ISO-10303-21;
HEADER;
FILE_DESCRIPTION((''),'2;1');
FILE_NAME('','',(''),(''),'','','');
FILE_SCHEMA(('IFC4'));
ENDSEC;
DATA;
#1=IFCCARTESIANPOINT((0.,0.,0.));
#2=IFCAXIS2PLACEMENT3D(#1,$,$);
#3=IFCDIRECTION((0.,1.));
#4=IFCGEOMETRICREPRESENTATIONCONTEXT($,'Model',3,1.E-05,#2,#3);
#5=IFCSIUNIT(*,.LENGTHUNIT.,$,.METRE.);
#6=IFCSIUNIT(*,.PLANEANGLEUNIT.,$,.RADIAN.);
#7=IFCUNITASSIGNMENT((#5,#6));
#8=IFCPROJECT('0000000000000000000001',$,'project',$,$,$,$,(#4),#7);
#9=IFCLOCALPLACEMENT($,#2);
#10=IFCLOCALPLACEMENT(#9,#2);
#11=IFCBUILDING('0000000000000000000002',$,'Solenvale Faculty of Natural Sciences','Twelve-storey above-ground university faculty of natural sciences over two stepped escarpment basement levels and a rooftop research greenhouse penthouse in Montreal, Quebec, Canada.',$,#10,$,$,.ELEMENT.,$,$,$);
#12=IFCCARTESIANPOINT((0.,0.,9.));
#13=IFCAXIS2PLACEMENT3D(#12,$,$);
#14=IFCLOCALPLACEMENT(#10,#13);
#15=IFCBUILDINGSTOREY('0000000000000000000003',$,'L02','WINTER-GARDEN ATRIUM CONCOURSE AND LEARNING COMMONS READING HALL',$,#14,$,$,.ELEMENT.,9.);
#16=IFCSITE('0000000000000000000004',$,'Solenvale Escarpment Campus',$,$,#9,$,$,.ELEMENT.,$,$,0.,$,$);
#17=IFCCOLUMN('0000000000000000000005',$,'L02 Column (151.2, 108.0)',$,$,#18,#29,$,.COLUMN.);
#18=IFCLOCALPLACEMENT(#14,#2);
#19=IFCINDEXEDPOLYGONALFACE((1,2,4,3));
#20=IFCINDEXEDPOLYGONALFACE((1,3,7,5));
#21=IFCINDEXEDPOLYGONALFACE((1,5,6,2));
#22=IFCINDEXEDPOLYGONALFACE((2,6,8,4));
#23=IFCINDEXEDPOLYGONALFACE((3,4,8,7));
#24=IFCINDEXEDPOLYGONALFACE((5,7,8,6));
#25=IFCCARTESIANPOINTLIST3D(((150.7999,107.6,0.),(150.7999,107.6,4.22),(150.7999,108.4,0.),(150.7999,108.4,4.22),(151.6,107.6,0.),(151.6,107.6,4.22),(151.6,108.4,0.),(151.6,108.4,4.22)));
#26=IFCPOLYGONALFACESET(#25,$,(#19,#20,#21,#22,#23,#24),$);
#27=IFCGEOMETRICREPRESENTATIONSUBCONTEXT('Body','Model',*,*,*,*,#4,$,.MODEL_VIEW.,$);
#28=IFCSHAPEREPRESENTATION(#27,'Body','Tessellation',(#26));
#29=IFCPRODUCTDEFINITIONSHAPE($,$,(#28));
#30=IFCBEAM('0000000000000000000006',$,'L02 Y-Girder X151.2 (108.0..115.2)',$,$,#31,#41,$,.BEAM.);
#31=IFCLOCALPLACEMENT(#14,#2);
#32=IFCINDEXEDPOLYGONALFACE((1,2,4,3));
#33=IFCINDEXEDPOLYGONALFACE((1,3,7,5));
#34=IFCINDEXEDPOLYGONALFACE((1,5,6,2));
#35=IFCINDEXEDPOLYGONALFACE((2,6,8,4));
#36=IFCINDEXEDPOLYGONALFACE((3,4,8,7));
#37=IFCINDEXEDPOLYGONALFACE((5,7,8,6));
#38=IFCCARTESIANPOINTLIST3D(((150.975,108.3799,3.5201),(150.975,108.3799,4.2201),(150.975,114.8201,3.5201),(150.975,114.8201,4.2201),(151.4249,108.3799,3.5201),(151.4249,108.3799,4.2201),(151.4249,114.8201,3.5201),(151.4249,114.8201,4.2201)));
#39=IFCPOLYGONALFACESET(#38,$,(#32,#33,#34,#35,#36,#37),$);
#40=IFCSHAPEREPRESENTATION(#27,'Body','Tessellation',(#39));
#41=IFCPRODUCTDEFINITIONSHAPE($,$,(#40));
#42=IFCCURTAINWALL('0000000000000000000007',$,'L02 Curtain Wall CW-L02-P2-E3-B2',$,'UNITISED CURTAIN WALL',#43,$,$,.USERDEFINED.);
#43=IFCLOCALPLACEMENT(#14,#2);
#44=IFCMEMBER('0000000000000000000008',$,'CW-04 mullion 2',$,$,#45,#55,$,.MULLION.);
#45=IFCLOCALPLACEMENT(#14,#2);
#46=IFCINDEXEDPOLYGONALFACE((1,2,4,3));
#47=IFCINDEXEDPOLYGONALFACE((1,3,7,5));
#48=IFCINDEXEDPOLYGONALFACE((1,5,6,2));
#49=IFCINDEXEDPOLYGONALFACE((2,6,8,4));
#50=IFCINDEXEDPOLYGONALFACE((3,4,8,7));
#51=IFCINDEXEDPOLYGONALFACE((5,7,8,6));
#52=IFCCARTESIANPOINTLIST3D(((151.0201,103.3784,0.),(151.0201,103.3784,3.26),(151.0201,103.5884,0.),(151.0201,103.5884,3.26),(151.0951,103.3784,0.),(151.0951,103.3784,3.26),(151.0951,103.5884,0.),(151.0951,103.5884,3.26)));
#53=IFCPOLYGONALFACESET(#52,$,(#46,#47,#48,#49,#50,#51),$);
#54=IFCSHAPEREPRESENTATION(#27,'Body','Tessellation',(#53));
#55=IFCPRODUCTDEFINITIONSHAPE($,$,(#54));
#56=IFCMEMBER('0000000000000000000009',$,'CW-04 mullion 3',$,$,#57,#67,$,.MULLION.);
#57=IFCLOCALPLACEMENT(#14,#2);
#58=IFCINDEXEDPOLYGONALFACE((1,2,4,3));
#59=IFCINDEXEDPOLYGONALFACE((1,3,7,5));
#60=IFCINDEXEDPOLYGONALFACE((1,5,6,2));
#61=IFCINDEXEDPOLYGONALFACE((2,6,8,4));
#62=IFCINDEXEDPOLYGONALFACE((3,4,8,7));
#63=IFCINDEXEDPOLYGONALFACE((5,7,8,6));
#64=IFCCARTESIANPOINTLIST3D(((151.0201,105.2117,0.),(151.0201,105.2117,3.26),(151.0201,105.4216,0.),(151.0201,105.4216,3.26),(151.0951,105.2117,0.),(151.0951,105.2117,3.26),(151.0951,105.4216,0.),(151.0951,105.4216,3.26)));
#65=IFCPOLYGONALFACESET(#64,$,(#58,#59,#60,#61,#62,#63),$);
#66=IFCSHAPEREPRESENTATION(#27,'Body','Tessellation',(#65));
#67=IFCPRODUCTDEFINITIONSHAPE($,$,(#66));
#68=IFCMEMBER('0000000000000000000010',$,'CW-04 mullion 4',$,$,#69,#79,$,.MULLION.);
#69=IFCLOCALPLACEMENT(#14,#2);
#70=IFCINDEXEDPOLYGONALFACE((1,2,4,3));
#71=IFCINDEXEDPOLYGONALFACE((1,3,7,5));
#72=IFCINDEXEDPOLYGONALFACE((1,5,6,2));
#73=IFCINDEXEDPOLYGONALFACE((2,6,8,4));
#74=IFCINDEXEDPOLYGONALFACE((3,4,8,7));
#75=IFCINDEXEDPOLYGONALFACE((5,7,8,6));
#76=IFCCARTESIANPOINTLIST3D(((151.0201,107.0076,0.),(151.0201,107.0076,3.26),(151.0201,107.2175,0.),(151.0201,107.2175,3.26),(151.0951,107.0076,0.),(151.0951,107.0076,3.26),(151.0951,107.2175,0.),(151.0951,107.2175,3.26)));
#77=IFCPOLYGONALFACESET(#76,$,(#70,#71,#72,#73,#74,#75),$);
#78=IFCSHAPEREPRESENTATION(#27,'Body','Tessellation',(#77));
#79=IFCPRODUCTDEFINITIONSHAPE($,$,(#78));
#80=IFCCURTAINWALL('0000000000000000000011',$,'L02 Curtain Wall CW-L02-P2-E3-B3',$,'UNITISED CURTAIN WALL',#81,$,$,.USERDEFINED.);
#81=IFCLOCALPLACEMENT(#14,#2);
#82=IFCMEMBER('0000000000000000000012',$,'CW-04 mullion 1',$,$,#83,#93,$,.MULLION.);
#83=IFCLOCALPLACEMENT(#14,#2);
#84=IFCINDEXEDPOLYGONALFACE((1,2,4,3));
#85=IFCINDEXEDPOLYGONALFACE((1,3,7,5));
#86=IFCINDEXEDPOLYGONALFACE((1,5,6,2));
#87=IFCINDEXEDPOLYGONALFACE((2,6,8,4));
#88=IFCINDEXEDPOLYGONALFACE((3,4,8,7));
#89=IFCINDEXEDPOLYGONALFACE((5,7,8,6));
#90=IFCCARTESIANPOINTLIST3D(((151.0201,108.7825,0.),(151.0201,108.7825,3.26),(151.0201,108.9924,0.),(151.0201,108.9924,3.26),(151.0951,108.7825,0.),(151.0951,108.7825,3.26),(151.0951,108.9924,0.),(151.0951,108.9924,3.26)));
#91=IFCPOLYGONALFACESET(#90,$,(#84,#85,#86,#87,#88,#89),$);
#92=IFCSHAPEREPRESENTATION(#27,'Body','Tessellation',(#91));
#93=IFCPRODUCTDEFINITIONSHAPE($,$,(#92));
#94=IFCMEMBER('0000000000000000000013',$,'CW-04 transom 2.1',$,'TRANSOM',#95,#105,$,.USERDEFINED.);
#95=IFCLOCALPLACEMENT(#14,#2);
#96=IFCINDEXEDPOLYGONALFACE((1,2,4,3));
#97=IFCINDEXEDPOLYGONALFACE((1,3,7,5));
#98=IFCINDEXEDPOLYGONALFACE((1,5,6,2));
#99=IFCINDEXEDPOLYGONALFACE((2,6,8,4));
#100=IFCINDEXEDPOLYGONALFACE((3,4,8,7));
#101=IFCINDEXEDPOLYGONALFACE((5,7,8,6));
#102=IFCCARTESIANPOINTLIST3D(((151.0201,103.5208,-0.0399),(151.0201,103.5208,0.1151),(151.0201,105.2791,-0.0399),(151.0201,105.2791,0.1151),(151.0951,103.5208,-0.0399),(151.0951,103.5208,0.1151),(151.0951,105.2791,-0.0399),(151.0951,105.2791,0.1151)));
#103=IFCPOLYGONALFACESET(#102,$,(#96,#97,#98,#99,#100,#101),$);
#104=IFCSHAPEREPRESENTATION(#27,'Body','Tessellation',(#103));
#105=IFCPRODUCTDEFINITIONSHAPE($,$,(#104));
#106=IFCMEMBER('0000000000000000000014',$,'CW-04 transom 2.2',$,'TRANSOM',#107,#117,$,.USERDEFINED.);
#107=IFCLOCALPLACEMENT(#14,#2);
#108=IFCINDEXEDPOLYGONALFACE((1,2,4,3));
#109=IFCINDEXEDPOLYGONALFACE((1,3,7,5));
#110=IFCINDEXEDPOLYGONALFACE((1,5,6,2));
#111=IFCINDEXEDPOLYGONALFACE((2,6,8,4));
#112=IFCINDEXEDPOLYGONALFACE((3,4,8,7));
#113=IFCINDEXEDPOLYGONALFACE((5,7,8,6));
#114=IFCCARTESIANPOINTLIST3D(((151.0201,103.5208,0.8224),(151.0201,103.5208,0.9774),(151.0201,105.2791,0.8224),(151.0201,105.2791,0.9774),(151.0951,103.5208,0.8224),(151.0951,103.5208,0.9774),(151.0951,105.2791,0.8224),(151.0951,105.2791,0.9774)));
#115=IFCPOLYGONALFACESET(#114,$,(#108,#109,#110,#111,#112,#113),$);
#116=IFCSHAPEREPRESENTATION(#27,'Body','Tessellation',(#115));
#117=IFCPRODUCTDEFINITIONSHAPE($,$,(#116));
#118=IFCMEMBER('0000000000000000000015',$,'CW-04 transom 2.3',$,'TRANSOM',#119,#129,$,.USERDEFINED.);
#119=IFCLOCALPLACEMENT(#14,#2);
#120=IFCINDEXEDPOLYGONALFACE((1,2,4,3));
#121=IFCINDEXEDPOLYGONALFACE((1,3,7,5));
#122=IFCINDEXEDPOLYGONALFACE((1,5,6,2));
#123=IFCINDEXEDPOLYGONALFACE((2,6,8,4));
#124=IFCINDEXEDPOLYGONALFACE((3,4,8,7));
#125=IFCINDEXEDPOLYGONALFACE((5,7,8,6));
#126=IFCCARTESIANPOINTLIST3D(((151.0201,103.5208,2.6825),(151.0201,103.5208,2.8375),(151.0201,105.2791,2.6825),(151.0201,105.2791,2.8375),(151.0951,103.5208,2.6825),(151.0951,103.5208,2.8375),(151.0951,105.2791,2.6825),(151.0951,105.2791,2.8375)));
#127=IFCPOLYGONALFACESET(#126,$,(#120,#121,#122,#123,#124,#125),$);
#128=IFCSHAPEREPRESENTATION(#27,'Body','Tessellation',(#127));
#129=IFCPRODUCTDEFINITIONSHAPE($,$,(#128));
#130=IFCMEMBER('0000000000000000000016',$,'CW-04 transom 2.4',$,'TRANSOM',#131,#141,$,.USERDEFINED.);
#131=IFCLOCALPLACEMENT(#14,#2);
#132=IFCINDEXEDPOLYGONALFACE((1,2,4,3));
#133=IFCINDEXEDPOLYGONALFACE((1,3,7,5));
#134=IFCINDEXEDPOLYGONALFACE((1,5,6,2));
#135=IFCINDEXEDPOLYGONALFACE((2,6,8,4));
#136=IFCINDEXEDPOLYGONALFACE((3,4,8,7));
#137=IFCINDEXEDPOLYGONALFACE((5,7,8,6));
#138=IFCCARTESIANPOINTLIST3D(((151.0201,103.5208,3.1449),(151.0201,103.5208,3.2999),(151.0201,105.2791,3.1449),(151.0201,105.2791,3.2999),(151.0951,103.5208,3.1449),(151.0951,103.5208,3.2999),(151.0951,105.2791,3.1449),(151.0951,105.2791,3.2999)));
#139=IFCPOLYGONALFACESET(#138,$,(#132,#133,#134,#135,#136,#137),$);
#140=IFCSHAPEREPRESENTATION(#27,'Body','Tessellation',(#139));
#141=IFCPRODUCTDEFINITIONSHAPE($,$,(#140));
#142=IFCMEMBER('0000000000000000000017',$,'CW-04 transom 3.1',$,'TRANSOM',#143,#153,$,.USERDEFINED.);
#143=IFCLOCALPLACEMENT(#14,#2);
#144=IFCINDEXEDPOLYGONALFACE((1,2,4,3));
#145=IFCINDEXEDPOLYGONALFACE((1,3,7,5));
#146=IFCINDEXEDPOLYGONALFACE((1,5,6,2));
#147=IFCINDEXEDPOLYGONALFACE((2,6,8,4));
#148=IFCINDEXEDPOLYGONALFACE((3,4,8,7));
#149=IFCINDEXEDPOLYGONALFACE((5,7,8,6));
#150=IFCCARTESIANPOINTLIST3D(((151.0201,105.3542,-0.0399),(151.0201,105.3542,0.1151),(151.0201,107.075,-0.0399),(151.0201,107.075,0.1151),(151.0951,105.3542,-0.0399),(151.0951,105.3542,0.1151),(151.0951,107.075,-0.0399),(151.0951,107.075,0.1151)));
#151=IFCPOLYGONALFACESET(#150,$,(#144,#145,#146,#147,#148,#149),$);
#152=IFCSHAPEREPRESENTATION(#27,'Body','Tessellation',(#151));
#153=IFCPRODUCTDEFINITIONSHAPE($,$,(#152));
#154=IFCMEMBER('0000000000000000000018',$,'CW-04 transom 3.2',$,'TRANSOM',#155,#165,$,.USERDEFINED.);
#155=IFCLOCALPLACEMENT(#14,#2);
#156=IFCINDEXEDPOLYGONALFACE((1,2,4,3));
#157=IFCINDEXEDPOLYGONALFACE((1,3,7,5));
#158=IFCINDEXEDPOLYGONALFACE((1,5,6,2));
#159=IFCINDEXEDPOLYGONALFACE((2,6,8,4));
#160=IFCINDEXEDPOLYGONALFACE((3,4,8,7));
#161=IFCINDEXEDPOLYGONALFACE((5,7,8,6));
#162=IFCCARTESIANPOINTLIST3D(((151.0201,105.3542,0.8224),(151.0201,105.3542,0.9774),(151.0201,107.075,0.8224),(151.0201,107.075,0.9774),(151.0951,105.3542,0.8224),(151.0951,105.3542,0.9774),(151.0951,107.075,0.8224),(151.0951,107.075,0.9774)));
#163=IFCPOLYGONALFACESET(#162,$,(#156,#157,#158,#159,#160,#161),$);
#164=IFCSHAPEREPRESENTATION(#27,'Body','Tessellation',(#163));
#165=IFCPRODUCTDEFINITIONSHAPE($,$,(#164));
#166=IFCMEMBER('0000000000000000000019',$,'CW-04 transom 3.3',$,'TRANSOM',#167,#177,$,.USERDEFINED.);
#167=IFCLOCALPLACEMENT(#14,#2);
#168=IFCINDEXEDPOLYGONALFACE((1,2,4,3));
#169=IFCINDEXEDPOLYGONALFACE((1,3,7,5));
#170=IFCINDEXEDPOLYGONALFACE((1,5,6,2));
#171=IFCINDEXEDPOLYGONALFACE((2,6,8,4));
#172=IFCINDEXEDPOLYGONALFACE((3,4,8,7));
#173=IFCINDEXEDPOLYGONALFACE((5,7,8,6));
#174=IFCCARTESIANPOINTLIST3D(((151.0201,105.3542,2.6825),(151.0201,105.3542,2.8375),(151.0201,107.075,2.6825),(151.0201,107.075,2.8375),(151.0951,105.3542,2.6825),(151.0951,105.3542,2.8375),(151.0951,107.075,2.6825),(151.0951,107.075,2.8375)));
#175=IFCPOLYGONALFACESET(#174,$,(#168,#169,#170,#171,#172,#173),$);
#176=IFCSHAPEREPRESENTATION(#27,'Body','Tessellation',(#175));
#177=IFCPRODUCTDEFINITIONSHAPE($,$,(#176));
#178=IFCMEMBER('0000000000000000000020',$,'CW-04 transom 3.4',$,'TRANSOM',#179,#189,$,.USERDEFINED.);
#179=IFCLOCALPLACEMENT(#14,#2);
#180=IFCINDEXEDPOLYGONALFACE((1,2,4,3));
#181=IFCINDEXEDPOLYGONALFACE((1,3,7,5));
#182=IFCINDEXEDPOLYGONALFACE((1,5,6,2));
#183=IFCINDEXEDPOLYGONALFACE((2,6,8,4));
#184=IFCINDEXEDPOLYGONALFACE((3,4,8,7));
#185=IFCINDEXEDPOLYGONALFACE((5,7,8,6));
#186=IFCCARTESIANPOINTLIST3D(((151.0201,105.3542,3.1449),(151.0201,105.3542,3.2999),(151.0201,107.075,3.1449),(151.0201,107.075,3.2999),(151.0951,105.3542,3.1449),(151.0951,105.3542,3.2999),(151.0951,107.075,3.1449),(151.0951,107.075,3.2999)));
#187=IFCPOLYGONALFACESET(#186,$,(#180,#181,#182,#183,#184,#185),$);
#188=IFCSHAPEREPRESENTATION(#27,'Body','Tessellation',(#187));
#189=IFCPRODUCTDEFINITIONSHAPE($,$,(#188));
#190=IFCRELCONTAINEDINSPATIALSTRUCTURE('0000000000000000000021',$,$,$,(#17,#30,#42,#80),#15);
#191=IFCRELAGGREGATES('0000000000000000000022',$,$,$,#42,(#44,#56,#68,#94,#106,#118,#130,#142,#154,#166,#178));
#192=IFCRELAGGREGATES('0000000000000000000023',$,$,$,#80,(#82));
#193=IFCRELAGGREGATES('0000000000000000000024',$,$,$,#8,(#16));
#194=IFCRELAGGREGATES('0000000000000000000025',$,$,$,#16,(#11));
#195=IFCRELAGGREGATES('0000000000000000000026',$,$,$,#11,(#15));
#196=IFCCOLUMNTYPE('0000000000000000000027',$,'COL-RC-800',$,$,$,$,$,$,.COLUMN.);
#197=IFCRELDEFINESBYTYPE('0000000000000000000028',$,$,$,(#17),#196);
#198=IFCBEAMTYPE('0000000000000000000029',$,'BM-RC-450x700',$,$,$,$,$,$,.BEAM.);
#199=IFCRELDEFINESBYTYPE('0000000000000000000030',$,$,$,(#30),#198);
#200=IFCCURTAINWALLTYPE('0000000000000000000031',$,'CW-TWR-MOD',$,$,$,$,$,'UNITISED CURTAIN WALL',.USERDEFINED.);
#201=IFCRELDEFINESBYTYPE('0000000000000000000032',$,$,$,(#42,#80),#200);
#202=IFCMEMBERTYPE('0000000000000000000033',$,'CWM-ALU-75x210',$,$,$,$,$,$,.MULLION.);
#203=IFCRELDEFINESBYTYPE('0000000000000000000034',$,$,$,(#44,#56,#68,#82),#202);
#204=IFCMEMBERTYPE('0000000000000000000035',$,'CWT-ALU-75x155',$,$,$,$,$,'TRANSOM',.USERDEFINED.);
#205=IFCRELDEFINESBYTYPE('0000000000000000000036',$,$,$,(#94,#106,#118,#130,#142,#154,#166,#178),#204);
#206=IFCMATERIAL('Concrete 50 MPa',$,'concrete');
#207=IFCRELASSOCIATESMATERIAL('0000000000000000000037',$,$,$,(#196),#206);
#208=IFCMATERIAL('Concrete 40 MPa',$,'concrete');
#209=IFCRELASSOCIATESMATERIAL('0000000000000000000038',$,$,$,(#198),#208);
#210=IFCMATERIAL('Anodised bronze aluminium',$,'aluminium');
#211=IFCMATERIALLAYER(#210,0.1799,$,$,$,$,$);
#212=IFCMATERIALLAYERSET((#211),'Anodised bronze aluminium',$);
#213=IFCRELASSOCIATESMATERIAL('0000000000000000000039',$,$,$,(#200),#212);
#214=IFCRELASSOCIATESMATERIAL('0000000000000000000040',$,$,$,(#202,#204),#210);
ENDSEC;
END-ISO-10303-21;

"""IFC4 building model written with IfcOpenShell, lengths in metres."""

from ifc_helpers import new_model, si_unit, direction, frame, origin, origin_2d, place, context, subcontext, project, spatial, rectangle, extrude, material, layer, layer_set, material_profile, profile_set, type_object, element, aggregate, save


model = new_model("IFC4")

# Units and contexts
model_context = context("Model", 3, precision=1e-05, world=origin(), true_north=direction((0.0, 1.0)))
body_context = subcontext(model_context, "Body", "Model", "MODEL_VIEW")
ifc_project = project(units=[si_unit("LENGTHUNIT", "METRE"), si_unit("PLANEANGLEUNIT", "RADIAN")], contexts=[model_context])

# Site, building, storey
site_placement = place(None, origin())
site = spatial("IfcSite", under=ifc_project, at=site_placement, Name="Solenvale Escarpment Campus", CompositionType="ELEMENT", RefElevation=0.0)
building_placement = place(site_placement, origin())
building = spatial("IfcBuilding", under=site, at=building_placement, Name="Solenvale Faculty of Natural Sciences", Description="Twelve-storey above-ground university faculty of natural sciences over two stepped escarpment basement levels and a rooftop research greenhouse penthouse in Montreal, Quebec, Canada.", CompositionType="ELEMENT")
storey_placement = place(building_placement, frame((0.0, 0.0, 9.0)))
storey = spatial("IfcBuildingStorey", under=building, at=storey_placement, Name="L02", Description="WINTER-GARDEN ATRIUM CONCOURSE AND LEARNING COMMONS READING HALL", CompositionType="ELEMENT", Elevation=9.0)

# Column
ifc_material_1 = material(Name="Concrete 50 MPa", Category="concrete")
ifc_material_profile_1 = material_profile(ifc_material_1, rectangle(XDim=0.8, YDim=0.8, at=origin_2d()), Name="RC-COL-800x800")
ifc_profile_set_1 = profile_set([ifc_material_profile_1], Name="Concrete 50 MPa")
column_type = type_object("IfcColumnType", Name="COL-RC-800", PredefinedType="COLUMN", material=ifc_profile_set_1)
column_placement = place(storey_placement, frame((151.2, 108.0, 0.0), z_axis=(0.0, 0.0, 1.0), x_axis=(1.0, 0.0, 0.0)))
element("IfcColumn", 1, at=column_placement, inside=storey, type_object=column_type, Name="L02 Column (151.2, 108.0)", PredefinedType="COLUMN", context=body_context, shape_type="SweptSolid", body=[
    extrude(rectangle(XDim=0.8, YDim=0.8, at=origin_2d()), origin(), (0.0, 0.0, 1.0), 4.22),
])

# Beam
ifc_material_2 = material(Name="Concrete 40 MPa", Category="concrete")
ifc_material_profile_2 = material_profile(ifc_material_2, rectangle(XDim=0.45, YDim=0.7, at=origin_2d()), Name="RC-BM-450x700")
ifc_profile_set_2 = profile_set([ifc_material_profile_2], Name="Concrete 40 MPa")
beam_type = type_object("IfcBeamType", Name="BM-RC-450x700", PredefinedType="BEAM", material=ifc_profile_set_2)
beam_placement = place(storey_placement, frame((151.2, 108.3799, 3.8701), z_axis=(0.0, 1.0, 0.0), x_axis=(-1.0, 0.0, 0.0)))
element("IfcBeam", 2, at=beam_placement, inside=storey, type_object=beam_type, Name="L02 Y-Girder X151.2 (108.0..115.2)", PredefinedType="BEAM", context=body_context, shape_type="SweptSolid", body=[
    extrude(rectangle(XDim=0.45, YDim=0.7, at=origin_2d()), origin(), (0.0, 0.0, 1.0), 6.4402),
])

# Curtain wall, members
ifc_material_3 = material(Name="Anodised bronze aluminium", Category="aluminium")
ifc_layer_1 = layer(ifc_material_3, 0.1799)
ifc_layer_set_1 = layer_set([ifc_layer_1], Name="Anodised bronze aluminium")
curtain_wall_type = type_object("IfcCurtainWallType", Name="CW-TWR-MOD", ElementType="UNITISED CURTAIN WALL", PredefinedType="USERDEFINED", material=ifc_layer_set_1)
curtain_wall_1_placement = place(storey_placement, origin())
curtain_wall_1 = element("IfcCurtainWall", 3, at=curtain_wall_1_placement, inside=storey, type_object=curtain_wall_type, Name="L02 Curtain Wall CW-L02-P2-E3-B2", ObjectType="UNITISED CURTAIN WALL", PredefinedType="USERDEFINED")
ifc_material_profile_3 = material_profile(ifc_material_3, rectangle(XDim=0.075, YDim=0.21, at=origin_2d()), Name="ALU-MUL-75x210")
ifc_profile_set_3 = profile_set([ifc_material_profile_3], Name="Anodised bronze aluminium")
member_type_1 = type_object("IfcMemberType", Name="CWM-ALU-75x210", PredefinedType="MULLION", material=ifc_profile_set_3)
member_1_placement = place(storey_placement, frame((151.0576, 103.4834, 0.0), z_axis=(0.0, 0.0, 1.0), x_axis=(-1.0, 0.0, 0.0)))
member_1 = element("IfcMember", 4, at=member_1_placement, type_object=member_type_1, Name="CW-04 mullion 2", PredefinedType="MULLION", context=body_context, shape_type="SweptSolid", body=[
    extrude(rectangle(XDim=0.075, YDim=0.21, at=origin_2d()), origin(), (0.0, 0.0, 1.0), 3.26),
])
member_2_placement = place(storey_placement, frame((151.0576, 105.3167, 0.0), z_axis=(0.0, 0.0, 1.0), x_axis=(-1.0, 0.0, 0.0)))
member_2 = element("IfcMember", 5, at=member_2_placement, type_object=member_type_1, Name="CW-04 mullion 3", PredefinedType="MULLION", context=body_context, shape_type="SweptSolid", body=[
    extrude(rectangle(XDim=0.075, YDim=0.21, at=origin_2d()), origin(), (0.0, 0.0, 1.0), 3.26),
])
member_3_placement = place(storey_placement, frame((151.0576, 107.1125, 0.0), z_axis=(0.0, 0.0, 1.0), x_axis=(-1.0, 0.0, 0.0)))
member_3 = element("IfcMember", 6, at=member_3_placement, type_object=member_type_1, Name="CW-04 mullion 4", PredefinedType="MULLION", context=body_context, shape_type="SweptSolid", body=[
    extrude(rectangle(XDim=0.075, YDim=0.21, at=origin_2d()), origin(), (0.0, 0.0, 1.0), 3.26),
])

# Curtain wall, member
curtain_wall_2_placement = place(storey_placement, origin())
curtain_wall_2 = element("IfcCurtainWall", 7, at=curtain_wall_2_placement, inside=storey, type_object=curtain_wall_type, Name="L02 Curtain Wall CW-L02-P2-E3-B3", ObjectType="UNITISED CURTAIN WALL", PredefinedType="USERDEFINED")
member_4_placement = place(storey_placement, frame((151.0576, 108.8875, 0.0), z_axis=(0.0, 0.0, 1.0), x_axis=(-1.0, 0.0, 0.0)))
member_4 = element("IfcMember", 8, at=member_4_placement, type_object=member_type_1, Name="CW-04 mullion 1", PredefinedType="MULLION", context=body_context, shape_type="SweptSolid", body=[
    extrude(rectangle(XDim=0.075, YDim=0.21, at=origin_2d()), origin(), (0.0, 0.0, 1.0), 3.26),
])

# Members
ifc_material_profile_4 = material_profile(ifc_material_3, rectangle(XDim=0.075, YDim=0.155, at=origin_2d()), Name="ALU-TRN-75x155")
ifc_profile_set_4 = profile_set([ifc_material_profile_4], Name="Anodised bronze aluminium")
member_type_2 = type_object("IfcMemberType", Name="CWT-ALU-75x155", ElementType="TRANSOM", PredefinedType="USERDEFINED", material=ifc_profile_set_4)
member_5_placement = place(storey_placement, frame((151.0576, 103.5208, 0.0376), z_axis=(0.0, 1.0, 0.0), x_axis=(-1.0, 0.0, 0.0)))
member_5 = element("IfcMember", 9, at=member_5_placement, type_object=member_type_2, Name="CW-04 transom 2.1", ObjectType="TRANSOM", PredefinedType="USERDEFINED", context=body_context, shape_type="SweptSolid", body=[
    extrude(rectangle(XDim=0.075, YDim=0.155, at=origin_2d()), origin(), (0.0, 0.0, 1.0), 1.7583),
])
member_6_placement = place(storey_placement, frame((151.0576, 103.5208, 0.8999), z_axis=(0.0, 1.0, 0.0), x_axis=(-1.0, 0.0, 0.0)))
member_6 = element("IfcMember", 10, at=member_6_placement, type_object=member_type_2, Name="CW-04 transom 2.2", ObjectType="TRANSOM", PredefinedType="USERDEFINED", context=body_context, shape_type="SweptSolid", body=[
    extrude(rectangle(XDim=0.075, YDim=0.155, at=origin_2d()), origin(), (0.0, 0.0, 1.0), 1.7583),
])
member_7_placement = place(storey_placement, frame((151.0576, 103.5208, 2.76), z_axis=(0.0, 1.0, 0.0), x_axis=(-1.0, 0.0, 0.0)))
member_7 = element("IfcMember", 11, at=member_7_placement, type_object=member_type_2, Name="CW-04 transom 2.3", ObjectType="TRANSOM", PredefinedType="USERDEFINED", context=body_context, shape_type="SweptSolid", body=[
    extrude(rectangle(XDim=0.075, YDim=0.155, at=origin_2d()), origin(), (0.0, 0.0, 1.0), 1.7583),
])
member_8_placement = place(storey_placement, frame((151.0576, 103.5208, 3.2224), z_axis=(0.0, 1.0, 0.0), x_axis=(-1.0, 0.0, 0.0)))
member_8 = element("IfcMember", 12, at=member_8_placement, type_object=member_type_2, Name="CW-04 transom 2.4", ObjectType="TRANSOM", PredefinedType="USERDEFINED", context=body_context, shape_type="SweptSolid", body=[
    extrude(rectangle(XDim=0.075, YDim=0.155, at=origin_2d()), origin(), (0.0, 0.0, 1.0), 1.7583),
])
member_9_placement = place(storey_placement, frame((151.0576, 105.3542, 0.0376), z_axis=(0.0, 1.0, 0.0), x_axis=(-1.0, 0.0, 0.0)))
member_9 = element("IfcMember", 13, at=member_9_placement, type_object=member_type_2, Name="CW-04 transom 3.1", ObjectType="TRANSOM", PredefinedType="USERDEFINED", context=body_context, shape_type="SweptSolid", body=[
    extrude(rectangle(XDim=0.075, YDim=0.155, at=origin_2d()), origin(), (0.0, 0.0, 1.0), 1.7207),
])
member_10_placement = place(storey_placement, frame((151.0576, 105.3542, 0.8999), z_axis=(0.0, 1.0, 0.0), x_axis=(-1.0, 0.0, 0.0)))
member_10 = element("IfcMember", 14, at=member_10_placement, type_object=member_type_2, Name="CW-04 transom 3.2", ObjectType="TRANSOM", PredefinedType="USERDEFINED", context=body_context, shape_type="SweptSolid", body=[
    extrude(rectangle(XDim=0.075, YDim=0.155, at=origin_2d()), origin(), (0.0, 0.0, 1.0), 1.7207),
])
member_11_placement = place(storey_placement, frame((151.0576, 105.3542, 2.76), z_axis=(0.0, 1.0, 0.0), x_axis=(-1.0, 0.0, 0.0)))
member_11 = element("IfcMember", 15, at=member_11_placement, type_object=member_type_2, Name="CW-04 transom 3.3", ObjectType="TRANSOM", PredefinedType="USERDEFINED", context=body_context, shape_type="SweptSolid", body=[
    extrude(rectangle(XDim=0.075, YDim=0.155, at=origin_2d()), origin(), (0.0, 0.0, 1.0), 1.7207),
])
member_12_placement = place(storey_placement, frame((151.0576, 105.3542, 3.2224), z_axis=(0.0, 1.0, 0.0), x_axis=(-1.0, 0.0, 0.0)))
member_12 = element("IfcMember", 16, at=member_12_placement, type_object=member_type_2, Name="CW-04 transom 3.4", ObjectType="TRANSOM", PredefinedType="USERDEFINED", context=body_context, shape_type="SweptSolid", body=[
    extrude(rectangle(XDim=0.075, YDim=0.155, at=origin_2d()), origin(), (0.0, 0.0, 1.0), 1.7207),
])

aggregate(curtain_wall_1, [member_1, member_2, member_3, member_5, member_6, member_7, member_8, member_9, member_10, member_11, member_12])
aggregate(curtain_wall_2, [member_4])

save(model, "model.ifc")
